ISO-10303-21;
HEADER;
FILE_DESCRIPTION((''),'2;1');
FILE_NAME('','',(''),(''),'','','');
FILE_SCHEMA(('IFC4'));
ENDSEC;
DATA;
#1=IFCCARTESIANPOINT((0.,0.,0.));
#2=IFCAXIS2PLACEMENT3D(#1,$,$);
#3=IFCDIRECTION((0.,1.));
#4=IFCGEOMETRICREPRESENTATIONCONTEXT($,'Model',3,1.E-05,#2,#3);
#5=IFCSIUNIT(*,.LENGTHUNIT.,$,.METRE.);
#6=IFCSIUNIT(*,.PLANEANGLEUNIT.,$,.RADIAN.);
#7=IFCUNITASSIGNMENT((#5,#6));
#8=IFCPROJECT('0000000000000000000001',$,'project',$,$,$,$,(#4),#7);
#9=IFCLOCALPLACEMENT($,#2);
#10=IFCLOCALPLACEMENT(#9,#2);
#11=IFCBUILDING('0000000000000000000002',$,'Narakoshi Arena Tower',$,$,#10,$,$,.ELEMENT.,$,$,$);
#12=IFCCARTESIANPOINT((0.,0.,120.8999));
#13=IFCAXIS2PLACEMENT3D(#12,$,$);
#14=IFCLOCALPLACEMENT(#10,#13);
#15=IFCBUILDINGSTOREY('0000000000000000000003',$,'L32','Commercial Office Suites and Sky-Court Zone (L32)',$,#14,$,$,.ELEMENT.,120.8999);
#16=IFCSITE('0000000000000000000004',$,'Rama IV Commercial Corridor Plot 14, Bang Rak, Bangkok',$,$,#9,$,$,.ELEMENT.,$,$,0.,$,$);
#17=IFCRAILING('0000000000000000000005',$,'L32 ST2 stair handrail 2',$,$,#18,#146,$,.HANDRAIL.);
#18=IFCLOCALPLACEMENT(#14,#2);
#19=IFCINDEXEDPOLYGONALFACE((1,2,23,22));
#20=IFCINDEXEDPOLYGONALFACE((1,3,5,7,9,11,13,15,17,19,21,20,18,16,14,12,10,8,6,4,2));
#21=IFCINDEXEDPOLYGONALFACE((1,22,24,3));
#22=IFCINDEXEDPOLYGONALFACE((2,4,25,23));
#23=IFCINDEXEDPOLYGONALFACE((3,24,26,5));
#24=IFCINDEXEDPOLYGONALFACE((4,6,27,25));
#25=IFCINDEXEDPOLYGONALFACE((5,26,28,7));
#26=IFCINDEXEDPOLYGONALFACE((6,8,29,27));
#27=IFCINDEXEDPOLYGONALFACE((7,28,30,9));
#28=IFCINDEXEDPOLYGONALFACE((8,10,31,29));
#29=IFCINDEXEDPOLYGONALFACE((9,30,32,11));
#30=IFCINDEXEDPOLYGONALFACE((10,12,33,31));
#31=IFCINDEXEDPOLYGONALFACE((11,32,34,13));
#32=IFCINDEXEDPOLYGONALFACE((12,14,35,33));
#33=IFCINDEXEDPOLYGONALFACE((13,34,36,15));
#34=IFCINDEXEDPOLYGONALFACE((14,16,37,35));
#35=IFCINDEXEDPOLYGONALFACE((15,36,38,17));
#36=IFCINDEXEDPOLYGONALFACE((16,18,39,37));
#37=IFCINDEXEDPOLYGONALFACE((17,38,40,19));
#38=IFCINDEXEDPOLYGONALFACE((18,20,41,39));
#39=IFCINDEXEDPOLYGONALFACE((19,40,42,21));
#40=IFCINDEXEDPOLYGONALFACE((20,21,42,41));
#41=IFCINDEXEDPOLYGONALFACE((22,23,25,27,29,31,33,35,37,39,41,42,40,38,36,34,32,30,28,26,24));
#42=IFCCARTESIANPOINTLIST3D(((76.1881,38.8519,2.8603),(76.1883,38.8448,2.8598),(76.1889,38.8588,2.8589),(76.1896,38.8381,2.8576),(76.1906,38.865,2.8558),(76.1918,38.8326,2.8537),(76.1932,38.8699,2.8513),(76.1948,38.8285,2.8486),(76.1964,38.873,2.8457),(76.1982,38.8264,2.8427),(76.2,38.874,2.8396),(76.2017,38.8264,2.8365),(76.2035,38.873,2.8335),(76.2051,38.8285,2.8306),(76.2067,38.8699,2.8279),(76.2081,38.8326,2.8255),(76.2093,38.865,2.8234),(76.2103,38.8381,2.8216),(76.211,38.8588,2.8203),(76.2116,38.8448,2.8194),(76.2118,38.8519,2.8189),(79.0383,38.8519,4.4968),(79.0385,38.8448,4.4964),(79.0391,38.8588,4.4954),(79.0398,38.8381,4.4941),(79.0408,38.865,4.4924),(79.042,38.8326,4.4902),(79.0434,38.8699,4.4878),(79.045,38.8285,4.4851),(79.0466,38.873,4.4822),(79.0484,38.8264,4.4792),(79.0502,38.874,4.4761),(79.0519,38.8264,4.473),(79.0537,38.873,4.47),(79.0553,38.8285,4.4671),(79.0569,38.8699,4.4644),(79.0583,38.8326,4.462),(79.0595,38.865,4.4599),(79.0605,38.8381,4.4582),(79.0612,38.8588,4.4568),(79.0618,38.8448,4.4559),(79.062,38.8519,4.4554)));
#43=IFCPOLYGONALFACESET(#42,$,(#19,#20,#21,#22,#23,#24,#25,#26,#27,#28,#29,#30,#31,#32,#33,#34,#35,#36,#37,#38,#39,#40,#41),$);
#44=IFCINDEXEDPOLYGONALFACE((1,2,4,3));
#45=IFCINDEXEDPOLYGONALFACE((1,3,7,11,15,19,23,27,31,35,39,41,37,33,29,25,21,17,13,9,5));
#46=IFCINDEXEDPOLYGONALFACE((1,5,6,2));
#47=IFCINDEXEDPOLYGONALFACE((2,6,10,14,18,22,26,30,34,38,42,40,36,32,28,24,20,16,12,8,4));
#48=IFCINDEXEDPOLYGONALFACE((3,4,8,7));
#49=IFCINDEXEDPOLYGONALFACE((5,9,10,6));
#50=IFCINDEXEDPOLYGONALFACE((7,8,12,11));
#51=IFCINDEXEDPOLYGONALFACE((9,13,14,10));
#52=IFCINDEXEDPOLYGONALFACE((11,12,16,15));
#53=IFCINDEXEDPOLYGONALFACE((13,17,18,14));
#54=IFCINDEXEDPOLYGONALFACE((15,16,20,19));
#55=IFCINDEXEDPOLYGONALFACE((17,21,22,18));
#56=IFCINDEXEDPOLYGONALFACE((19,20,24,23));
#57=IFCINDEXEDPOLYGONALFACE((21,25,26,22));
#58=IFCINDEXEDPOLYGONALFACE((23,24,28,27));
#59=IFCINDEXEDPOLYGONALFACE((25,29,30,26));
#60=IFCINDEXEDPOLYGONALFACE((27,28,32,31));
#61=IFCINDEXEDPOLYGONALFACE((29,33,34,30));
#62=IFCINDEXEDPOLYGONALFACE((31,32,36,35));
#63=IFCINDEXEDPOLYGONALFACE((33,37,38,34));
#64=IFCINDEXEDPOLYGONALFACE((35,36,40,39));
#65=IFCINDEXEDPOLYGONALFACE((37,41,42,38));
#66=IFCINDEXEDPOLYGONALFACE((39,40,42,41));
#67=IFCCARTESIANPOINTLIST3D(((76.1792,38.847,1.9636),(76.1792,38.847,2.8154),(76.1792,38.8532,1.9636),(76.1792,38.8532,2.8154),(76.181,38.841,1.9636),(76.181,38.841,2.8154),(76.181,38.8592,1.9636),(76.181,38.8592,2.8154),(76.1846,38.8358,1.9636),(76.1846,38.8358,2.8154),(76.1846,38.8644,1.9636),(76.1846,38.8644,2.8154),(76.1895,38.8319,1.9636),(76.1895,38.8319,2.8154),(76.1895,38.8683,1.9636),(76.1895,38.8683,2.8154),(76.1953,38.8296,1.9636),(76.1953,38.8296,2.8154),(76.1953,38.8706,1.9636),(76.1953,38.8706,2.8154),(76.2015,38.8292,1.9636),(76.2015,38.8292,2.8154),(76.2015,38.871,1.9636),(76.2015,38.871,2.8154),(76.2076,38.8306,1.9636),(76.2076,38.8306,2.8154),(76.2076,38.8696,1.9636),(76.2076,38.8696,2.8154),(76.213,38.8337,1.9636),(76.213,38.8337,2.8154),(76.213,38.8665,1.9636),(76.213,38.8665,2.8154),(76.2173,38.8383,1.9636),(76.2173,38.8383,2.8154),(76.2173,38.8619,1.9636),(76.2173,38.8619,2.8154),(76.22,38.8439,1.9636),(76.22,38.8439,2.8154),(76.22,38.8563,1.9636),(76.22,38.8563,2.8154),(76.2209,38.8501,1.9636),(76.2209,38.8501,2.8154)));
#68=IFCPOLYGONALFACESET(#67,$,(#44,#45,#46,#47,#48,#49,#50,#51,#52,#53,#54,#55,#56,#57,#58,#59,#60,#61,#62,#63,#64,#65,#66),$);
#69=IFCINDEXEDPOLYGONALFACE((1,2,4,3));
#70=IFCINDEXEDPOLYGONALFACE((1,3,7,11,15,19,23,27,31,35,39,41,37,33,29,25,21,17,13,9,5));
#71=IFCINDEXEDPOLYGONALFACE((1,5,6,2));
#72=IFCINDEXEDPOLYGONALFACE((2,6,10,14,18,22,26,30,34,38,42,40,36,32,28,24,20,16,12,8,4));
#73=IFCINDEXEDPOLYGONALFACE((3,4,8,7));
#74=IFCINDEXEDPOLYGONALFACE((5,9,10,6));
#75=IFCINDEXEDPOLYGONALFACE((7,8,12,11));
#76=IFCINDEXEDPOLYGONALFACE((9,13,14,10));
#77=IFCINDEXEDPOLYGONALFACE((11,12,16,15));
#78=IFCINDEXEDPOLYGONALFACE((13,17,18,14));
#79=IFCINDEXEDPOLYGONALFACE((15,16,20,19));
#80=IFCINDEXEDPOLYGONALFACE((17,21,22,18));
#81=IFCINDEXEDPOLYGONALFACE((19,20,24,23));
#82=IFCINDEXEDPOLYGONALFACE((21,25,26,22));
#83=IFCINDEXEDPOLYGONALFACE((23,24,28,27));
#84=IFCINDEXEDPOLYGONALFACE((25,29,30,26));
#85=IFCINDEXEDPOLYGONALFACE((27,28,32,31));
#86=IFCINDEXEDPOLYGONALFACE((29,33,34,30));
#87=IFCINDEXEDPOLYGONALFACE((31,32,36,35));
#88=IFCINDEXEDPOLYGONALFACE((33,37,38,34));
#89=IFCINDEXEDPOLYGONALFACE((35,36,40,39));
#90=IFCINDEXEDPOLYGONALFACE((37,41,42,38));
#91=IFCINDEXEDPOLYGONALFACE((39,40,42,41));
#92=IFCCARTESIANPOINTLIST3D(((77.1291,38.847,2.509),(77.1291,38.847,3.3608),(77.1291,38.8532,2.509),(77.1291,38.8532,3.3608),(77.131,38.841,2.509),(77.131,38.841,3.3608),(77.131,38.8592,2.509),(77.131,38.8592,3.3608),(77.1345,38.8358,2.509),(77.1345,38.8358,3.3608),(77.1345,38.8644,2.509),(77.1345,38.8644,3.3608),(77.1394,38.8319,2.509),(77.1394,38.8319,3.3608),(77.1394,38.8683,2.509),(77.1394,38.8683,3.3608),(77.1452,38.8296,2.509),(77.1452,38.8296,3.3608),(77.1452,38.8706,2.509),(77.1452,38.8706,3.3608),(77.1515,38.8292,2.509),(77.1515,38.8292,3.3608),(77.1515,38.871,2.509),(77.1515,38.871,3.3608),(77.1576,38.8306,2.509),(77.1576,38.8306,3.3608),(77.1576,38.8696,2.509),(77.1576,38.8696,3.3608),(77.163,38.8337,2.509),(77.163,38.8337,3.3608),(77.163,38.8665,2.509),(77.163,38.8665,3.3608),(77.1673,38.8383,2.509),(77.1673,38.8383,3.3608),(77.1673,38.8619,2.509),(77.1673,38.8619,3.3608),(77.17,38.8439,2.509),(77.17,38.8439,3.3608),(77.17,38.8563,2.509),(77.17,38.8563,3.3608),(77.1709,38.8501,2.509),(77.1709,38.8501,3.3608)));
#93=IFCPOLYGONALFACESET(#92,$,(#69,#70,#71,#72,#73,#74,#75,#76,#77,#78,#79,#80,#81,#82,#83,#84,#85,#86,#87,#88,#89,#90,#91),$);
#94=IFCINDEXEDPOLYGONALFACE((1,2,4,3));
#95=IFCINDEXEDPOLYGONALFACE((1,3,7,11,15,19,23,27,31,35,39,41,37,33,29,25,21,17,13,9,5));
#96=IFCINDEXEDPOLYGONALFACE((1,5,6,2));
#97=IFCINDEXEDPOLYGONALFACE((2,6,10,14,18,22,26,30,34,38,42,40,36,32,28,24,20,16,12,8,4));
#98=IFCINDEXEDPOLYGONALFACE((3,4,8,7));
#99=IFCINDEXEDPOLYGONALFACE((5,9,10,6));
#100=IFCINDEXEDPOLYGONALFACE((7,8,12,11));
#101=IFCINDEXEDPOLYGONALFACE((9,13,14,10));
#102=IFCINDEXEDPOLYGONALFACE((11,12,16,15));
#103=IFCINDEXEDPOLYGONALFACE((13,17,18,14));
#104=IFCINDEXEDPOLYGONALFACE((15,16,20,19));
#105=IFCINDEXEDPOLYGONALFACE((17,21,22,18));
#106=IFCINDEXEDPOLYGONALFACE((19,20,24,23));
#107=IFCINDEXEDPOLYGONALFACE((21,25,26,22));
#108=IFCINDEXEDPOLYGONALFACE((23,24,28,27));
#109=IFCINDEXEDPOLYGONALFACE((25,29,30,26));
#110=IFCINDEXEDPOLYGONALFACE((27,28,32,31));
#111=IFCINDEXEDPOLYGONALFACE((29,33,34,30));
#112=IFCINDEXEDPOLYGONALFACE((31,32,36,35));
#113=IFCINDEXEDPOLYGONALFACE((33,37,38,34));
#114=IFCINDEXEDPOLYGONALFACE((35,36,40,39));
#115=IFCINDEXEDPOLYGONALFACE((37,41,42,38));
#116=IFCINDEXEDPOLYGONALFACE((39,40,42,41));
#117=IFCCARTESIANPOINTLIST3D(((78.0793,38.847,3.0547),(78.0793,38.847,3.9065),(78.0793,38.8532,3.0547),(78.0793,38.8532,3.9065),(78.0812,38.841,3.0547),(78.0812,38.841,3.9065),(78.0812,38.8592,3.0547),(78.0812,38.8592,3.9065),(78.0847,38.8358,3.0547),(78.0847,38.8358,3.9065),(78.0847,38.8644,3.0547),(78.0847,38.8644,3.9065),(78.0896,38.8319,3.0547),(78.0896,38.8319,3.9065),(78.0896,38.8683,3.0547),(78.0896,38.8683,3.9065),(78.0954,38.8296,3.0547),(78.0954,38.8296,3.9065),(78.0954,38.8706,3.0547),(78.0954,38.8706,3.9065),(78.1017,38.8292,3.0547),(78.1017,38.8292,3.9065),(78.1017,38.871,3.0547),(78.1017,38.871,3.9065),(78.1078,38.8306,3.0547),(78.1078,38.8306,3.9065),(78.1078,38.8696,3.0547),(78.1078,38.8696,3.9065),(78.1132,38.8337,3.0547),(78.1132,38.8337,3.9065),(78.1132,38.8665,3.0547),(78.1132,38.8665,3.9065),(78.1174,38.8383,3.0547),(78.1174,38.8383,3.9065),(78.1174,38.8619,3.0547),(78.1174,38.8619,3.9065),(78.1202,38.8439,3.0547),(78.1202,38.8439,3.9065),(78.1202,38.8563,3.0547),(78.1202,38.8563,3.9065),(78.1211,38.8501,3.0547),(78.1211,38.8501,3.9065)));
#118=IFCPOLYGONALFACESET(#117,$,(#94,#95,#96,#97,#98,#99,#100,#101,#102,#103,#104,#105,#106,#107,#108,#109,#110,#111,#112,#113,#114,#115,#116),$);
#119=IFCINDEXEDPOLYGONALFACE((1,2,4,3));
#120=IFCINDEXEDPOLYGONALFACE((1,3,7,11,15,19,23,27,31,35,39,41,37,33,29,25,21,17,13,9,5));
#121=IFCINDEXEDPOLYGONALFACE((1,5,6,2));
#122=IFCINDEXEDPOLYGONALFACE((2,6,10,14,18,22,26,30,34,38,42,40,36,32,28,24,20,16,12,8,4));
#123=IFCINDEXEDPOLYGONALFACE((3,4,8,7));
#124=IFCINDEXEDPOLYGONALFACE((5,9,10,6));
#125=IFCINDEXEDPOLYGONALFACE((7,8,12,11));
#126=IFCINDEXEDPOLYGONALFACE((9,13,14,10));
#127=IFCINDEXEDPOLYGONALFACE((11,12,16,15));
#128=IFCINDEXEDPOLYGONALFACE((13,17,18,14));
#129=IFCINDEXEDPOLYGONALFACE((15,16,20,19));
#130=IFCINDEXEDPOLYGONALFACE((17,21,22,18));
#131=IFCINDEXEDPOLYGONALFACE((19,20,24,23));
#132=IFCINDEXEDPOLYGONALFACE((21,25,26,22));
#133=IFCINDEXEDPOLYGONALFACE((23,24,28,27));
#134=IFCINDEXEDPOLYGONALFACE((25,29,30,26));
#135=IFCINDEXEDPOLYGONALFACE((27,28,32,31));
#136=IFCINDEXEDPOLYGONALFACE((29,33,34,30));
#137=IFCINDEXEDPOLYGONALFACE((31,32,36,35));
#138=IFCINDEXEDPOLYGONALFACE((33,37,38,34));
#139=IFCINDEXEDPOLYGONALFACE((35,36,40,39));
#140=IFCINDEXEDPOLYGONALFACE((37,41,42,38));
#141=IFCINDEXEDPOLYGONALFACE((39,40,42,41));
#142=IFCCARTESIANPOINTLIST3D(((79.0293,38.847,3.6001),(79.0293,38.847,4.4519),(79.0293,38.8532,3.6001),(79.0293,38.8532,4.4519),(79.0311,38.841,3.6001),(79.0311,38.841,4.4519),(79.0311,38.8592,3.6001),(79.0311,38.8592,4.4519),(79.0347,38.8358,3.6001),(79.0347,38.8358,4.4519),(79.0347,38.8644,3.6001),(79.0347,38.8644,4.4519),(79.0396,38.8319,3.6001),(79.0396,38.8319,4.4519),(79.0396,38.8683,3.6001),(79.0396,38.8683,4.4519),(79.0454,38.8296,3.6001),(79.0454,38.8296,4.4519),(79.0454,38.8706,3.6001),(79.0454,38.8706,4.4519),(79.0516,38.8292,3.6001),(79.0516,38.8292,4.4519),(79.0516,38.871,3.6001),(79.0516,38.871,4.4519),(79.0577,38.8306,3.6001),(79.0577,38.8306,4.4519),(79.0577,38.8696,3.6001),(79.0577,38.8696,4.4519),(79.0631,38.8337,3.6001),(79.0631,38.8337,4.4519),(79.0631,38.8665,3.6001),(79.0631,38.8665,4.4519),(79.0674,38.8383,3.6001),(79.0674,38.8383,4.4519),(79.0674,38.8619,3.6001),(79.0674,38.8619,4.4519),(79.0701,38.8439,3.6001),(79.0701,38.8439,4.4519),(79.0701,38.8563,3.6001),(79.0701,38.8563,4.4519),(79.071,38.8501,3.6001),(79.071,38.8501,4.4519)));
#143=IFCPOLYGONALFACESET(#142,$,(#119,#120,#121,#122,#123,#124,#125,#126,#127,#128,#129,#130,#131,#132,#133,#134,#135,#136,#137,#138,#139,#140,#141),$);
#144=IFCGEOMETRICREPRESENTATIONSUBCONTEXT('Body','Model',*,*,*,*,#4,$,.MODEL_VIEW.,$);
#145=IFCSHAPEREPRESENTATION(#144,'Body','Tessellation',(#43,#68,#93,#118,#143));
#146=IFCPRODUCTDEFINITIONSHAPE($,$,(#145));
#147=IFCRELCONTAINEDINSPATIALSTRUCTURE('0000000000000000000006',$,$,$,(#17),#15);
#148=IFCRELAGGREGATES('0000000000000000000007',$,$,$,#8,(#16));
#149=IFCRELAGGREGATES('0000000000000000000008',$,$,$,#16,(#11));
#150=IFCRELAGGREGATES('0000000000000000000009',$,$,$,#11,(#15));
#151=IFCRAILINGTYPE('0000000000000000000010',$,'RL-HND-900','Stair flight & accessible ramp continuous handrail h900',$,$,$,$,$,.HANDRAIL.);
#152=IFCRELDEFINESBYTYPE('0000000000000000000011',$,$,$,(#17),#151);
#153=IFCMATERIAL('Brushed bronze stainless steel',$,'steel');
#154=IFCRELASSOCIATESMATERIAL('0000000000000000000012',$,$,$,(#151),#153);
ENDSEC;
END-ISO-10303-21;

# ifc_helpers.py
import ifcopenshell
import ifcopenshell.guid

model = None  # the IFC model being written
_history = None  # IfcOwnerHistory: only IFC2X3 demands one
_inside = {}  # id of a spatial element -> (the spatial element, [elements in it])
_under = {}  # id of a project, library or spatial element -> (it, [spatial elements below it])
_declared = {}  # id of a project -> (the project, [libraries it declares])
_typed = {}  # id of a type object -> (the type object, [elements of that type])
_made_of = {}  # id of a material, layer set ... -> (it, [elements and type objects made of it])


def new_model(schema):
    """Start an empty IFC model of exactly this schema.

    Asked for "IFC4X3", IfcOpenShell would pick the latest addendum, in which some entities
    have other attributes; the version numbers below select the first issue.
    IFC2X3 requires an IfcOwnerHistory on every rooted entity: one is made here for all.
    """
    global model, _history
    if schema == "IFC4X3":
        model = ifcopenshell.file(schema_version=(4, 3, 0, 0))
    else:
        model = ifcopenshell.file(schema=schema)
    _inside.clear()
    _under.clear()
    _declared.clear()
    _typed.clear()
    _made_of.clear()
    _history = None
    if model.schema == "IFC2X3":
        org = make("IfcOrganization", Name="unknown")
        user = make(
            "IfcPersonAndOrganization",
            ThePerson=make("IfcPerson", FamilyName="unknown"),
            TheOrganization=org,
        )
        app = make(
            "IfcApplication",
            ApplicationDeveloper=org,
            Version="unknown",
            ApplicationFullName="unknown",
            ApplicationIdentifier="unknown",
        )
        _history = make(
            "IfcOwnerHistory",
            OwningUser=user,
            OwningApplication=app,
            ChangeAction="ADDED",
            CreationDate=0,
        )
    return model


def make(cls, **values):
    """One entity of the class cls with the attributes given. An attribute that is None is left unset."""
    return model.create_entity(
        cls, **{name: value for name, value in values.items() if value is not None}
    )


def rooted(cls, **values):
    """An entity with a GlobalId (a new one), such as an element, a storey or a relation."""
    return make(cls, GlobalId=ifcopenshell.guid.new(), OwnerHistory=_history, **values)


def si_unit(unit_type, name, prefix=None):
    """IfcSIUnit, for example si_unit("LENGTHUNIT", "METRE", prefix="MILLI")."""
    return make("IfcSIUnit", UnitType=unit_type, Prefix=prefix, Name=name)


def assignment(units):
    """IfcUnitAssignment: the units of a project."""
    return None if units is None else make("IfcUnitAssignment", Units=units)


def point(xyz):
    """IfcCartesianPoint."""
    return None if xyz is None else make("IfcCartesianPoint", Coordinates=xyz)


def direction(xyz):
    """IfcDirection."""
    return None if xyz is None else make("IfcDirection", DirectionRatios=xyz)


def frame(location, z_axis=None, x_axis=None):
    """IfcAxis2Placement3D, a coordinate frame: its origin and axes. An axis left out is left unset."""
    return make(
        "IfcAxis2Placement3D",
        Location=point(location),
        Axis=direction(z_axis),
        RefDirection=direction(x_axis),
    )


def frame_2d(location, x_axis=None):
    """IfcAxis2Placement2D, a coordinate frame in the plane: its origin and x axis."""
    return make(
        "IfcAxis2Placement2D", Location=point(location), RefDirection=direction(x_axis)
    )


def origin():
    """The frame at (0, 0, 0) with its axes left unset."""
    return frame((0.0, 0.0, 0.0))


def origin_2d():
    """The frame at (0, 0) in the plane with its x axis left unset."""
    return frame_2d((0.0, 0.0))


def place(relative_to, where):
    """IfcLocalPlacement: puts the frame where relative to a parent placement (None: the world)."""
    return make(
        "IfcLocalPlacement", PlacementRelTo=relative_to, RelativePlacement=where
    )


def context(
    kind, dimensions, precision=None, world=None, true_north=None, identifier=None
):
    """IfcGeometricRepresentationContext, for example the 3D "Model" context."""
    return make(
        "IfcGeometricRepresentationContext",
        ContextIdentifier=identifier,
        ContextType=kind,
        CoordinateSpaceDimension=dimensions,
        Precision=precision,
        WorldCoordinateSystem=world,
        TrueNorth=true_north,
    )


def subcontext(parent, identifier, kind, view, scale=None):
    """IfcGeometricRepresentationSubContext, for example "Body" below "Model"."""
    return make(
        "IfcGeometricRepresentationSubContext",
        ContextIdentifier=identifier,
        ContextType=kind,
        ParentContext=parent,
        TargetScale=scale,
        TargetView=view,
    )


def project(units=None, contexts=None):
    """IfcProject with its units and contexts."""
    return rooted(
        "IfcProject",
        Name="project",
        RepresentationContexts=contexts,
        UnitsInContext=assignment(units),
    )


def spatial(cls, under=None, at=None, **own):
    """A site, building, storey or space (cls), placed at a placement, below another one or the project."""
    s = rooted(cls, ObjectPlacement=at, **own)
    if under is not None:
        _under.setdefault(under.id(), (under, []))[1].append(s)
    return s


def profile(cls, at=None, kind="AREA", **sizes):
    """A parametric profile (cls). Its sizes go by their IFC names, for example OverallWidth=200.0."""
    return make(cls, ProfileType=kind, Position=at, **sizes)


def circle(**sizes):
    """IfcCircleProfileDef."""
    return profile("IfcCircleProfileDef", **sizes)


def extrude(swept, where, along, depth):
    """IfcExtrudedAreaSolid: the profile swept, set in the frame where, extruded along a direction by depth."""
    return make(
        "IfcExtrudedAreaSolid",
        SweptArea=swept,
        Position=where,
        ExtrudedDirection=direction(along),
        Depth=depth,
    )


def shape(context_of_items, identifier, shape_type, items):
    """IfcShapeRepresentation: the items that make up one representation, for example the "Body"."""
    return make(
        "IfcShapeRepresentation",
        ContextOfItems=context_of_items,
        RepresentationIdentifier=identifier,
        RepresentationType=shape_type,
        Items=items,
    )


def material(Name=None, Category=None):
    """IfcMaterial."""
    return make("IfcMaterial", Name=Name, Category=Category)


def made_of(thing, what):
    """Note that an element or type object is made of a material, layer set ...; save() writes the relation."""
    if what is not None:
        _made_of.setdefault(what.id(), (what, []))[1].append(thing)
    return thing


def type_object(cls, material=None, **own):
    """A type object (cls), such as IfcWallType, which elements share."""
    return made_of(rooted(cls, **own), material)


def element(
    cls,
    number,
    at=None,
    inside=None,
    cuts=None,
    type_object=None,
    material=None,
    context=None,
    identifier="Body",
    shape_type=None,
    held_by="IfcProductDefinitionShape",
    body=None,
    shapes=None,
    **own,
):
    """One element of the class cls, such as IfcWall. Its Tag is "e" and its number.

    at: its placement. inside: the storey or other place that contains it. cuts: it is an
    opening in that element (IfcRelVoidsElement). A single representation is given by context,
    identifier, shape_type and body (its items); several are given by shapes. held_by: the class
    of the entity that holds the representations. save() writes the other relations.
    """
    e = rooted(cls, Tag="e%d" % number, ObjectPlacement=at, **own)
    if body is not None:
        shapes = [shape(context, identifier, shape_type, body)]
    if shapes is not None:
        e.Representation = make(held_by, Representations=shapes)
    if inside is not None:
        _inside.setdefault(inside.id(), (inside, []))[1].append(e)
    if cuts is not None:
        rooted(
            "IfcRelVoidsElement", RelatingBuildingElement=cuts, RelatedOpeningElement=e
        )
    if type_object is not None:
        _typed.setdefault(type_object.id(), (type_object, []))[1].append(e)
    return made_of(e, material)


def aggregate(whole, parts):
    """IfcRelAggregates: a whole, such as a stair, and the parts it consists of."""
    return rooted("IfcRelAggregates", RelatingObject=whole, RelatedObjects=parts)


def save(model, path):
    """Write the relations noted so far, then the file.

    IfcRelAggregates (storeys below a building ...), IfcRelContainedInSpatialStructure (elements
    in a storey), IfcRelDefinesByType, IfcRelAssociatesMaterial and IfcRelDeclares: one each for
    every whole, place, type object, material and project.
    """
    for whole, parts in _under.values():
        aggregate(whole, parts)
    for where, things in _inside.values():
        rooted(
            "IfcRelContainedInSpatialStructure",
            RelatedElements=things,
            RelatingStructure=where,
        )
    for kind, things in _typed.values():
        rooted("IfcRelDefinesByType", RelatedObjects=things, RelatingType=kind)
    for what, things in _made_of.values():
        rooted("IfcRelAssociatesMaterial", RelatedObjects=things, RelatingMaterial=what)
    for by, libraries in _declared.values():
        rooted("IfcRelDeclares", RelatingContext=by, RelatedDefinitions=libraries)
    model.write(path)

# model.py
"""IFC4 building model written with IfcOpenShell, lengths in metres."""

from ifc_helpers import new_model, si_unit, direction, frame, origin, origin_2d, place, context, subcontext, project, spatial, circle, extrude, material, type_object, element, save


model = new_model("IFC4")

# Units and contexts
model_context = context("Model", 3, precision=1e-05, world=origin(), true_north=direction((0.0, 1.0)))
body_context = subcontext(model_context, "Body", "Model", "MODEL_VIEW")
ifc_project = project(units=[si_unit("LENGTHUNIT", "METRE"), si_unit("PLANEANGLEUNIT", "RADIAN")], contexts=[model_context])

# Site, building, storey
site_placement = place(None, origin())
site = spatial("IfcSite", under=ifc_project, at=site_placement, Name="Rama IV Commercial Corridor Plot 14, Bang Rak, Bangkok", CompositionType="ELEMENT", RefElevation=0.0)
building_placement = place(site_placement, origin())
building = spatial("IfcBuilding", under=site, at=building_placement, Name="Narakoshi Arena Tower", CompositionType="ELEMENT")
storey_placement = place(building_placement, frame((0.0, 0.0, 120.8999)))
storey = spatial("IfcBuildingStorey", under=building, at=storey_placement, Name="L32", Description="Commercial Office Suites and Sky-Court Zone (L32)", CompositionType="ELEMENT", Elevation=120.8999)

# Shared definitions
ifc_material_1 = material(Name="Brushed bronze stainless steel", Category="steel")

# Railing
railing_type_1 = type_object("IfcRailingType", Name="RL-HND-900", Description="Stair flight & accessible ramp continuous handrail h900", PredefinedType="HANDRAIL", material=ifc_material_1)
railing_1_placement = place(storey_placement, frame((76.2, 38.8501, 1.9636)))
element("IfcRailing", 1, at=railing_1_placement, inside=storey, type_object=railing_type_1, Name="L32 ST2 stair handrail 2", PredefinedType="HANDRAIL", context=body_context, shape_type="SweptSolid", body=[
    extrude(circle(Radius=0.0239, at=origin_2d()), frame((0.0, 0.0, 0.876), z_axis=(0.867213, 0.0, 0.497938), x_axis=(0.0, 1.0, 0.0)), (0.0, 0.0, 1.0), 3.2866),
    extrude(circle(Radius=0.021, at=origin_2d()), origin(), (0.0, 0.0, 1.0), 0.8518),
    extrude(circle(Radius=0.021, at=origin_2d()), frame((0.95, 0.0, 0.5454)), (0.0, 0.0, 1.0), 0.8518),
    extrude(circle(Radius=0.021, at=origin_2d()), frame((1.9001, 0.0, 1.0911)), (0.0, 0.0, 1.0), 0.8518),
    extrude(circle(Radius=0.021, at=origin_2d()), frame((2.8501, 0.0, 1.6365)), (0.0, 0.0, 1.0), 0.8518),
])

save(model, "model.ifc")
